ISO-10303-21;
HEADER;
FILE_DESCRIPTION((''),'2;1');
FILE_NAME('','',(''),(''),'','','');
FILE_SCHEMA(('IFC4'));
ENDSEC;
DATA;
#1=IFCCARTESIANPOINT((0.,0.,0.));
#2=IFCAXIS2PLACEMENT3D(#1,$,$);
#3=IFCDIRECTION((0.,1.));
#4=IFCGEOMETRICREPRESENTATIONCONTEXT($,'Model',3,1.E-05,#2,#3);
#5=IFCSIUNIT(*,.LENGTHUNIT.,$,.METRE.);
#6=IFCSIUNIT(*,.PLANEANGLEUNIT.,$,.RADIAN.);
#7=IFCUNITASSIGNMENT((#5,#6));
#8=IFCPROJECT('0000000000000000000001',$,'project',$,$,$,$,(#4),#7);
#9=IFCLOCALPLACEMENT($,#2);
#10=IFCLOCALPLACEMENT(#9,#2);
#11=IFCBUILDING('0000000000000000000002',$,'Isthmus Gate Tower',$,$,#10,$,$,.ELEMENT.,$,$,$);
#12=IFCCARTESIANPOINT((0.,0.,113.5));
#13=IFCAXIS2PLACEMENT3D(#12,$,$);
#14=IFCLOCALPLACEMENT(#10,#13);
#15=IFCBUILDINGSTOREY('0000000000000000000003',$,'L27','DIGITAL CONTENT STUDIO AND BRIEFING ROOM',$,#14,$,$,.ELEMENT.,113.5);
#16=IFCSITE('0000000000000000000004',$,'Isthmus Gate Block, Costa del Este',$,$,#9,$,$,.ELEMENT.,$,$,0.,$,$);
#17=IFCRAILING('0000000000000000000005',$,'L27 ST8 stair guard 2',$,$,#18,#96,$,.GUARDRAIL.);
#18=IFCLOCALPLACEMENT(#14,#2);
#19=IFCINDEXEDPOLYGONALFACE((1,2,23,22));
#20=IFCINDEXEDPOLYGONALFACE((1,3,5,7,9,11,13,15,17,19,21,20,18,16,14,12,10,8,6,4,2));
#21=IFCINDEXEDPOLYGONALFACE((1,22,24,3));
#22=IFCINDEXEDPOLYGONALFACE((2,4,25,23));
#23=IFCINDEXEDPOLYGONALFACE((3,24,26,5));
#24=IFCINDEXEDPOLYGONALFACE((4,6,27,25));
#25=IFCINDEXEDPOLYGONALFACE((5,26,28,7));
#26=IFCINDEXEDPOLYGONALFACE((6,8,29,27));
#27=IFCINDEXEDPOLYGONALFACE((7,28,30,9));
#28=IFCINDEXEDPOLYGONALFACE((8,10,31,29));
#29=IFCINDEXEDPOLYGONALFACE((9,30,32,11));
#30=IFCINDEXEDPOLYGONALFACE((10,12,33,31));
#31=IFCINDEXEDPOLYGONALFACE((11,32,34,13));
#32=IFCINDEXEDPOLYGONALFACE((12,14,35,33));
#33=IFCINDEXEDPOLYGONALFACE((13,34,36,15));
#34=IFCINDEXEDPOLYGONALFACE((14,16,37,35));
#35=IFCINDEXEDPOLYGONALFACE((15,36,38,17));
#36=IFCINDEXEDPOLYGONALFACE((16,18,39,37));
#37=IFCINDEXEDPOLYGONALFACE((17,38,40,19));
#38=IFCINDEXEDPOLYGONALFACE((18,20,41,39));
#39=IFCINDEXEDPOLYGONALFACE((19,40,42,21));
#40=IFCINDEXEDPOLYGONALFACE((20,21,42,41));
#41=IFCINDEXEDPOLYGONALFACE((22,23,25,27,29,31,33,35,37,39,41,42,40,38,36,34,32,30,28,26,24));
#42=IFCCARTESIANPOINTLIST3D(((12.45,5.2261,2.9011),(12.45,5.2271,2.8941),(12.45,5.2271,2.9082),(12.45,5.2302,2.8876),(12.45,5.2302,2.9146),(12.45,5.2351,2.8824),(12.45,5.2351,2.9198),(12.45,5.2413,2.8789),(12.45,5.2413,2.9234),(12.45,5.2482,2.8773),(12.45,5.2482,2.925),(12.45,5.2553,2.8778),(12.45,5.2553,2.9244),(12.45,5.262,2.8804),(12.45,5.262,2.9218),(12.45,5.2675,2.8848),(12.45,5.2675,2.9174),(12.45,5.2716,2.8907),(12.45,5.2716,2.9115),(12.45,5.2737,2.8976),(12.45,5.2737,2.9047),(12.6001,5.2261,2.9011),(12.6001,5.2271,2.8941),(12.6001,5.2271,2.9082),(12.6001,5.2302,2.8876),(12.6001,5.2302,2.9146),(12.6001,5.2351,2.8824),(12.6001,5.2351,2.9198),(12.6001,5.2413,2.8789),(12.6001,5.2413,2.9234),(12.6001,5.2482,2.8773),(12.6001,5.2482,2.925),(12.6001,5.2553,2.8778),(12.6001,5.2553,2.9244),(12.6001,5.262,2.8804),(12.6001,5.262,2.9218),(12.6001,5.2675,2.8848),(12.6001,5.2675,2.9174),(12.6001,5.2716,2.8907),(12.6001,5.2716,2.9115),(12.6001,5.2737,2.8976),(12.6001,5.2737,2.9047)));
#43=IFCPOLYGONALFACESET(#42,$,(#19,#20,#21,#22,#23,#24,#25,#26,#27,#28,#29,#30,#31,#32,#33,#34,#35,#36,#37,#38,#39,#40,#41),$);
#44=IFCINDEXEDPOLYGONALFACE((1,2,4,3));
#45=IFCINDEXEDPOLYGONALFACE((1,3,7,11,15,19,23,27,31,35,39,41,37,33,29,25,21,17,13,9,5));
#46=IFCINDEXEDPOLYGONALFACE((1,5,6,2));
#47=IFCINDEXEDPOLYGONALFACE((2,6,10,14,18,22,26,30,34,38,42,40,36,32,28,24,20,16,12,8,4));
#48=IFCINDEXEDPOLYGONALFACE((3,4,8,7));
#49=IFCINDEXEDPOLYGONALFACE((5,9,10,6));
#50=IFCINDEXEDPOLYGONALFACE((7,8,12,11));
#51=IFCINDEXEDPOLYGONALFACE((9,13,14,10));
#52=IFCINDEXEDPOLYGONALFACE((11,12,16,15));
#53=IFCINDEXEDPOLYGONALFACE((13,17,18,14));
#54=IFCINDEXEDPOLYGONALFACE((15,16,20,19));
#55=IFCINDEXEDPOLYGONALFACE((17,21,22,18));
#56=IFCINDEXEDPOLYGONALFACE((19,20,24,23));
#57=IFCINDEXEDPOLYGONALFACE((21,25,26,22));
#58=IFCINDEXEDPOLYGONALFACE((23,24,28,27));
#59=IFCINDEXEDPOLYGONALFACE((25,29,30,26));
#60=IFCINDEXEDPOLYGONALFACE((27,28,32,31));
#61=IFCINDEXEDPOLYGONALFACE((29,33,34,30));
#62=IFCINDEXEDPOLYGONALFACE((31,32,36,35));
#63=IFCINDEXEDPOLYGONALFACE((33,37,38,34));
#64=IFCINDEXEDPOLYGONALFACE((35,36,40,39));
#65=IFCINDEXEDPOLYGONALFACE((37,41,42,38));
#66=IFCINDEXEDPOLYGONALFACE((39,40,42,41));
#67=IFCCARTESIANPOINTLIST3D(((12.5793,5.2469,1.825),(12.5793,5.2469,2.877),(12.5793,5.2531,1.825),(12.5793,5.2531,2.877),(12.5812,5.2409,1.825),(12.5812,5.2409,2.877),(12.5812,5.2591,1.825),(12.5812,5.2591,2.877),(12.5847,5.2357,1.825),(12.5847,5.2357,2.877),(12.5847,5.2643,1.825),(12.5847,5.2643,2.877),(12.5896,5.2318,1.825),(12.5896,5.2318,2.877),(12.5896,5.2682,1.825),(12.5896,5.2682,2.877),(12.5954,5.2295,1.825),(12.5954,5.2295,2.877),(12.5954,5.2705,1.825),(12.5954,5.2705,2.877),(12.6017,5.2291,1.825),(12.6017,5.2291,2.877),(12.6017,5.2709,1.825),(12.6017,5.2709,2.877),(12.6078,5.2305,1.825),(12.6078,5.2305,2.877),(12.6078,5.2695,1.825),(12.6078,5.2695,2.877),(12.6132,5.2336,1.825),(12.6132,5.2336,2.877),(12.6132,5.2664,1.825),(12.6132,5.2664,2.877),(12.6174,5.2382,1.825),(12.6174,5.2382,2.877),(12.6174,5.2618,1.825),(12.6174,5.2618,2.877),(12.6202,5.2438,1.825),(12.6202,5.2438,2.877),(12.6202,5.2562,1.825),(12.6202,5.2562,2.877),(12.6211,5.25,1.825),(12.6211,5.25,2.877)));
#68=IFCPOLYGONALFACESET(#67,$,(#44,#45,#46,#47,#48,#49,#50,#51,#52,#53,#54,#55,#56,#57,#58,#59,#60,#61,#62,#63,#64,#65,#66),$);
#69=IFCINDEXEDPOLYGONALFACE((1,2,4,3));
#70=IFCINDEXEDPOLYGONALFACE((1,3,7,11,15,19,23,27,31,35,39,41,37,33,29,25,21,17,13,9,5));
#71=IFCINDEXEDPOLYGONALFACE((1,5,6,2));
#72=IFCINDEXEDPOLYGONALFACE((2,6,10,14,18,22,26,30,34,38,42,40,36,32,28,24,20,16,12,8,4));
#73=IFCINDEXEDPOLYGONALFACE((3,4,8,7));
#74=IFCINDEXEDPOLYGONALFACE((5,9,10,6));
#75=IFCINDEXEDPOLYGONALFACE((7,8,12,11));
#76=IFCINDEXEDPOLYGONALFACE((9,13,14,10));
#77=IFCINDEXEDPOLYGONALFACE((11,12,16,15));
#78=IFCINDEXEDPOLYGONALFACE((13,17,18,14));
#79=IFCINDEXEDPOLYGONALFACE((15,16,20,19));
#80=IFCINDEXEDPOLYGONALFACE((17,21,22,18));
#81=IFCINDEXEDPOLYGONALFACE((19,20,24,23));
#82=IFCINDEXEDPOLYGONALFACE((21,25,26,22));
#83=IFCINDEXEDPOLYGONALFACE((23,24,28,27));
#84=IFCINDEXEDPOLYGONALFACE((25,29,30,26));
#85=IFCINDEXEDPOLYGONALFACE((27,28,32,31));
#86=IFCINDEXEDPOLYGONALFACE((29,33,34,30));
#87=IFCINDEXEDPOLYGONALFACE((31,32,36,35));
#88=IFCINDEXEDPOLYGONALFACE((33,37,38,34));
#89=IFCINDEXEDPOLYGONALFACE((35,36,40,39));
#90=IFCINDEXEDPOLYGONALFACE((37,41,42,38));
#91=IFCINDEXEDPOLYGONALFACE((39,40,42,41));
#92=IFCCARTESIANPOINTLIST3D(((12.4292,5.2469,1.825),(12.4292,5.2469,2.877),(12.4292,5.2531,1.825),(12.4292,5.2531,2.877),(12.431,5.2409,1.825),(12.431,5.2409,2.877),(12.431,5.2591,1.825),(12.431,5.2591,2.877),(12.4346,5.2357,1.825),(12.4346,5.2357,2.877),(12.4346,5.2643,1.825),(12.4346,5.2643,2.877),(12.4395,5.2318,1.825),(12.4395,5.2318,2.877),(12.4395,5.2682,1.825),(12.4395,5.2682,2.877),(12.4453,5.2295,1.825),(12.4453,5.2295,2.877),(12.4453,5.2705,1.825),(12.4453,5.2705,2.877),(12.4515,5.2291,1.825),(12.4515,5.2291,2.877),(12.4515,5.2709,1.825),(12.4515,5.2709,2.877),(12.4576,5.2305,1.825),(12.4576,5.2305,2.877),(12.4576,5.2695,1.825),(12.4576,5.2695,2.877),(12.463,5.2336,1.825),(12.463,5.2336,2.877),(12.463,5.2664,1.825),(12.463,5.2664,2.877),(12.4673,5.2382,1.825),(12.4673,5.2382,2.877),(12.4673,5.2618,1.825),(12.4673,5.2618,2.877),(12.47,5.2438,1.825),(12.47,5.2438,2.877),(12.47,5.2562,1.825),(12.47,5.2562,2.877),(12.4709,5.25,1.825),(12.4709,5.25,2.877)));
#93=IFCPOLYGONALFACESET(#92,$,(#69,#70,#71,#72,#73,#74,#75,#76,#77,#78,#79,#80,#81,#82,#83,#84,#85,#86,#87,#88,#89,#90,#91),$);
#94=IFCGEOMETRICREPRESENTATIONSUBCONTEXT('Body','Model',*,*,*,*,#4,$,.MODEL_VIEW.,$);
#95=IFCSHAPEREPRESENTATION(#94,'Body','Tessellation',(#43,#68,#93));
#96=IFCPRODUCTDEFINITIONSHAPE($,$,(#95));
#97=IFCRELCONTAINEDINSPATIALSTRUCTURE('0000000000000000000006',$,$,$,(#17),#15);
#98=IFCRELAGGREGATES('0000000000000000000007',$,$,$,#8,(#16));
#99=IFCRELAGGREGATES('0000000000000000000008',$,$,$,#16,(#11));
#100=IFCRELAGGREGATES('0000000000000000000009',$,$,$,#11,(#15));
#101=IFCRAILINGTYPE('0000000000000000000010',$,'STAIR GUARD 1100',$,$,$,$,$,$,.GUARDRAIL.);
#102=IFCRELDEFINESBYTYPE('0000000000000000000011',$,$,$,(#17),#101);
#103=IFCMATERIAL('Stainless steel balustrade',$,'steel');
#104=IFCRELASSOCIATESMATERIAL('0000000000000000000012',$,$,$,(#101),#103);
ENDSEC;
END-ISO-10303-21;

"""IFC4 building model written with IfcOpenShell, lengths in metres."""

from ifc_helpers import new_model, si_unit, direction, frame, origin, origin_2d, place, context, subcontext, project, spatial, circle, extrude, material, type_object, element, save


model = new_model("IFC4")

# Units and contexts
model_context = context("Model", 3, precision=1e-05, world=origin(), true_north=direction((0.0, 1.0)))
body_context = subcontext(model_context, "Body", "Model", "MODEL_VIEW")
ifc_project = project(units=[si_unit("LENGTHUNIT", "METRE"), si_unit("PLANEANGLEUNIT", "RADIAN")], contexts=[model_context])

# Site, building, storey
site_placement = place(None, origin())
site = spatial("IfcSite", under=ifc_project, at=site_placement, Name="Isthmus Gate Block, Costa del Este", CompositionType="ELEMENT", RefElevation=0.0)
building_placement = place(site_placement, origin())
building = spatial("IfcBuilding", under=site, at=building_placement, Name="Isthmus Gate Tower", CompositionType="ELEMENT")
storey_placement = place(building_placement, frame((0.0, 0.0, 113.5)))
storey = spatial("IfcBuildingStorey", under=building, at=storey_placement, Name="L27", Description="DIGITAL CONTENT STUDIO AND BRIEFING ROOM", CompositionType="ELEMENT", Elevation=113.5)

# Railing
ifc_material_1 = material(Name="Stainless steel balustrade", Category="steel")
railing_type_1 = type_object("IfcRailingType", Name="STAIR GUARD 1100", PredefinedType="GUARDRAIL", material=ifc_material_1)
railing_1_placement = place(storey_placement, frame((12.6001, 5.25, 1.825)))
element("IfcRailing", 1, at=railing_1_placement, inside=storey, type_object=railing_type_1, Name="L27 ST8 stair guard 2", PredefinedType="GUARDRAIL", context=body_context, shape_type="SweptSolid", body=[
    extrude(circle(Radius=0.0239, at=origin_2d()), frame((0.0, 0.0, 1.0762), z_axis=(-1.0, 0.0, 0.0), x_axis=(0.0, -1.0, 0.0)), (0.0, 0.0, 1.0), 0.1501),
    extrude(circle(Radius=0.021, at=origin_2d()), origin(), (0.0, 0.0, 1.0), 1.052),
    extrude(circle(Radius=0.021, at=origin_2d()), frame((-0.1501, 0.0, 0.0)), (0.0, 0.0, 1.0), 1.052),
])

save(model, "model.ifc")
